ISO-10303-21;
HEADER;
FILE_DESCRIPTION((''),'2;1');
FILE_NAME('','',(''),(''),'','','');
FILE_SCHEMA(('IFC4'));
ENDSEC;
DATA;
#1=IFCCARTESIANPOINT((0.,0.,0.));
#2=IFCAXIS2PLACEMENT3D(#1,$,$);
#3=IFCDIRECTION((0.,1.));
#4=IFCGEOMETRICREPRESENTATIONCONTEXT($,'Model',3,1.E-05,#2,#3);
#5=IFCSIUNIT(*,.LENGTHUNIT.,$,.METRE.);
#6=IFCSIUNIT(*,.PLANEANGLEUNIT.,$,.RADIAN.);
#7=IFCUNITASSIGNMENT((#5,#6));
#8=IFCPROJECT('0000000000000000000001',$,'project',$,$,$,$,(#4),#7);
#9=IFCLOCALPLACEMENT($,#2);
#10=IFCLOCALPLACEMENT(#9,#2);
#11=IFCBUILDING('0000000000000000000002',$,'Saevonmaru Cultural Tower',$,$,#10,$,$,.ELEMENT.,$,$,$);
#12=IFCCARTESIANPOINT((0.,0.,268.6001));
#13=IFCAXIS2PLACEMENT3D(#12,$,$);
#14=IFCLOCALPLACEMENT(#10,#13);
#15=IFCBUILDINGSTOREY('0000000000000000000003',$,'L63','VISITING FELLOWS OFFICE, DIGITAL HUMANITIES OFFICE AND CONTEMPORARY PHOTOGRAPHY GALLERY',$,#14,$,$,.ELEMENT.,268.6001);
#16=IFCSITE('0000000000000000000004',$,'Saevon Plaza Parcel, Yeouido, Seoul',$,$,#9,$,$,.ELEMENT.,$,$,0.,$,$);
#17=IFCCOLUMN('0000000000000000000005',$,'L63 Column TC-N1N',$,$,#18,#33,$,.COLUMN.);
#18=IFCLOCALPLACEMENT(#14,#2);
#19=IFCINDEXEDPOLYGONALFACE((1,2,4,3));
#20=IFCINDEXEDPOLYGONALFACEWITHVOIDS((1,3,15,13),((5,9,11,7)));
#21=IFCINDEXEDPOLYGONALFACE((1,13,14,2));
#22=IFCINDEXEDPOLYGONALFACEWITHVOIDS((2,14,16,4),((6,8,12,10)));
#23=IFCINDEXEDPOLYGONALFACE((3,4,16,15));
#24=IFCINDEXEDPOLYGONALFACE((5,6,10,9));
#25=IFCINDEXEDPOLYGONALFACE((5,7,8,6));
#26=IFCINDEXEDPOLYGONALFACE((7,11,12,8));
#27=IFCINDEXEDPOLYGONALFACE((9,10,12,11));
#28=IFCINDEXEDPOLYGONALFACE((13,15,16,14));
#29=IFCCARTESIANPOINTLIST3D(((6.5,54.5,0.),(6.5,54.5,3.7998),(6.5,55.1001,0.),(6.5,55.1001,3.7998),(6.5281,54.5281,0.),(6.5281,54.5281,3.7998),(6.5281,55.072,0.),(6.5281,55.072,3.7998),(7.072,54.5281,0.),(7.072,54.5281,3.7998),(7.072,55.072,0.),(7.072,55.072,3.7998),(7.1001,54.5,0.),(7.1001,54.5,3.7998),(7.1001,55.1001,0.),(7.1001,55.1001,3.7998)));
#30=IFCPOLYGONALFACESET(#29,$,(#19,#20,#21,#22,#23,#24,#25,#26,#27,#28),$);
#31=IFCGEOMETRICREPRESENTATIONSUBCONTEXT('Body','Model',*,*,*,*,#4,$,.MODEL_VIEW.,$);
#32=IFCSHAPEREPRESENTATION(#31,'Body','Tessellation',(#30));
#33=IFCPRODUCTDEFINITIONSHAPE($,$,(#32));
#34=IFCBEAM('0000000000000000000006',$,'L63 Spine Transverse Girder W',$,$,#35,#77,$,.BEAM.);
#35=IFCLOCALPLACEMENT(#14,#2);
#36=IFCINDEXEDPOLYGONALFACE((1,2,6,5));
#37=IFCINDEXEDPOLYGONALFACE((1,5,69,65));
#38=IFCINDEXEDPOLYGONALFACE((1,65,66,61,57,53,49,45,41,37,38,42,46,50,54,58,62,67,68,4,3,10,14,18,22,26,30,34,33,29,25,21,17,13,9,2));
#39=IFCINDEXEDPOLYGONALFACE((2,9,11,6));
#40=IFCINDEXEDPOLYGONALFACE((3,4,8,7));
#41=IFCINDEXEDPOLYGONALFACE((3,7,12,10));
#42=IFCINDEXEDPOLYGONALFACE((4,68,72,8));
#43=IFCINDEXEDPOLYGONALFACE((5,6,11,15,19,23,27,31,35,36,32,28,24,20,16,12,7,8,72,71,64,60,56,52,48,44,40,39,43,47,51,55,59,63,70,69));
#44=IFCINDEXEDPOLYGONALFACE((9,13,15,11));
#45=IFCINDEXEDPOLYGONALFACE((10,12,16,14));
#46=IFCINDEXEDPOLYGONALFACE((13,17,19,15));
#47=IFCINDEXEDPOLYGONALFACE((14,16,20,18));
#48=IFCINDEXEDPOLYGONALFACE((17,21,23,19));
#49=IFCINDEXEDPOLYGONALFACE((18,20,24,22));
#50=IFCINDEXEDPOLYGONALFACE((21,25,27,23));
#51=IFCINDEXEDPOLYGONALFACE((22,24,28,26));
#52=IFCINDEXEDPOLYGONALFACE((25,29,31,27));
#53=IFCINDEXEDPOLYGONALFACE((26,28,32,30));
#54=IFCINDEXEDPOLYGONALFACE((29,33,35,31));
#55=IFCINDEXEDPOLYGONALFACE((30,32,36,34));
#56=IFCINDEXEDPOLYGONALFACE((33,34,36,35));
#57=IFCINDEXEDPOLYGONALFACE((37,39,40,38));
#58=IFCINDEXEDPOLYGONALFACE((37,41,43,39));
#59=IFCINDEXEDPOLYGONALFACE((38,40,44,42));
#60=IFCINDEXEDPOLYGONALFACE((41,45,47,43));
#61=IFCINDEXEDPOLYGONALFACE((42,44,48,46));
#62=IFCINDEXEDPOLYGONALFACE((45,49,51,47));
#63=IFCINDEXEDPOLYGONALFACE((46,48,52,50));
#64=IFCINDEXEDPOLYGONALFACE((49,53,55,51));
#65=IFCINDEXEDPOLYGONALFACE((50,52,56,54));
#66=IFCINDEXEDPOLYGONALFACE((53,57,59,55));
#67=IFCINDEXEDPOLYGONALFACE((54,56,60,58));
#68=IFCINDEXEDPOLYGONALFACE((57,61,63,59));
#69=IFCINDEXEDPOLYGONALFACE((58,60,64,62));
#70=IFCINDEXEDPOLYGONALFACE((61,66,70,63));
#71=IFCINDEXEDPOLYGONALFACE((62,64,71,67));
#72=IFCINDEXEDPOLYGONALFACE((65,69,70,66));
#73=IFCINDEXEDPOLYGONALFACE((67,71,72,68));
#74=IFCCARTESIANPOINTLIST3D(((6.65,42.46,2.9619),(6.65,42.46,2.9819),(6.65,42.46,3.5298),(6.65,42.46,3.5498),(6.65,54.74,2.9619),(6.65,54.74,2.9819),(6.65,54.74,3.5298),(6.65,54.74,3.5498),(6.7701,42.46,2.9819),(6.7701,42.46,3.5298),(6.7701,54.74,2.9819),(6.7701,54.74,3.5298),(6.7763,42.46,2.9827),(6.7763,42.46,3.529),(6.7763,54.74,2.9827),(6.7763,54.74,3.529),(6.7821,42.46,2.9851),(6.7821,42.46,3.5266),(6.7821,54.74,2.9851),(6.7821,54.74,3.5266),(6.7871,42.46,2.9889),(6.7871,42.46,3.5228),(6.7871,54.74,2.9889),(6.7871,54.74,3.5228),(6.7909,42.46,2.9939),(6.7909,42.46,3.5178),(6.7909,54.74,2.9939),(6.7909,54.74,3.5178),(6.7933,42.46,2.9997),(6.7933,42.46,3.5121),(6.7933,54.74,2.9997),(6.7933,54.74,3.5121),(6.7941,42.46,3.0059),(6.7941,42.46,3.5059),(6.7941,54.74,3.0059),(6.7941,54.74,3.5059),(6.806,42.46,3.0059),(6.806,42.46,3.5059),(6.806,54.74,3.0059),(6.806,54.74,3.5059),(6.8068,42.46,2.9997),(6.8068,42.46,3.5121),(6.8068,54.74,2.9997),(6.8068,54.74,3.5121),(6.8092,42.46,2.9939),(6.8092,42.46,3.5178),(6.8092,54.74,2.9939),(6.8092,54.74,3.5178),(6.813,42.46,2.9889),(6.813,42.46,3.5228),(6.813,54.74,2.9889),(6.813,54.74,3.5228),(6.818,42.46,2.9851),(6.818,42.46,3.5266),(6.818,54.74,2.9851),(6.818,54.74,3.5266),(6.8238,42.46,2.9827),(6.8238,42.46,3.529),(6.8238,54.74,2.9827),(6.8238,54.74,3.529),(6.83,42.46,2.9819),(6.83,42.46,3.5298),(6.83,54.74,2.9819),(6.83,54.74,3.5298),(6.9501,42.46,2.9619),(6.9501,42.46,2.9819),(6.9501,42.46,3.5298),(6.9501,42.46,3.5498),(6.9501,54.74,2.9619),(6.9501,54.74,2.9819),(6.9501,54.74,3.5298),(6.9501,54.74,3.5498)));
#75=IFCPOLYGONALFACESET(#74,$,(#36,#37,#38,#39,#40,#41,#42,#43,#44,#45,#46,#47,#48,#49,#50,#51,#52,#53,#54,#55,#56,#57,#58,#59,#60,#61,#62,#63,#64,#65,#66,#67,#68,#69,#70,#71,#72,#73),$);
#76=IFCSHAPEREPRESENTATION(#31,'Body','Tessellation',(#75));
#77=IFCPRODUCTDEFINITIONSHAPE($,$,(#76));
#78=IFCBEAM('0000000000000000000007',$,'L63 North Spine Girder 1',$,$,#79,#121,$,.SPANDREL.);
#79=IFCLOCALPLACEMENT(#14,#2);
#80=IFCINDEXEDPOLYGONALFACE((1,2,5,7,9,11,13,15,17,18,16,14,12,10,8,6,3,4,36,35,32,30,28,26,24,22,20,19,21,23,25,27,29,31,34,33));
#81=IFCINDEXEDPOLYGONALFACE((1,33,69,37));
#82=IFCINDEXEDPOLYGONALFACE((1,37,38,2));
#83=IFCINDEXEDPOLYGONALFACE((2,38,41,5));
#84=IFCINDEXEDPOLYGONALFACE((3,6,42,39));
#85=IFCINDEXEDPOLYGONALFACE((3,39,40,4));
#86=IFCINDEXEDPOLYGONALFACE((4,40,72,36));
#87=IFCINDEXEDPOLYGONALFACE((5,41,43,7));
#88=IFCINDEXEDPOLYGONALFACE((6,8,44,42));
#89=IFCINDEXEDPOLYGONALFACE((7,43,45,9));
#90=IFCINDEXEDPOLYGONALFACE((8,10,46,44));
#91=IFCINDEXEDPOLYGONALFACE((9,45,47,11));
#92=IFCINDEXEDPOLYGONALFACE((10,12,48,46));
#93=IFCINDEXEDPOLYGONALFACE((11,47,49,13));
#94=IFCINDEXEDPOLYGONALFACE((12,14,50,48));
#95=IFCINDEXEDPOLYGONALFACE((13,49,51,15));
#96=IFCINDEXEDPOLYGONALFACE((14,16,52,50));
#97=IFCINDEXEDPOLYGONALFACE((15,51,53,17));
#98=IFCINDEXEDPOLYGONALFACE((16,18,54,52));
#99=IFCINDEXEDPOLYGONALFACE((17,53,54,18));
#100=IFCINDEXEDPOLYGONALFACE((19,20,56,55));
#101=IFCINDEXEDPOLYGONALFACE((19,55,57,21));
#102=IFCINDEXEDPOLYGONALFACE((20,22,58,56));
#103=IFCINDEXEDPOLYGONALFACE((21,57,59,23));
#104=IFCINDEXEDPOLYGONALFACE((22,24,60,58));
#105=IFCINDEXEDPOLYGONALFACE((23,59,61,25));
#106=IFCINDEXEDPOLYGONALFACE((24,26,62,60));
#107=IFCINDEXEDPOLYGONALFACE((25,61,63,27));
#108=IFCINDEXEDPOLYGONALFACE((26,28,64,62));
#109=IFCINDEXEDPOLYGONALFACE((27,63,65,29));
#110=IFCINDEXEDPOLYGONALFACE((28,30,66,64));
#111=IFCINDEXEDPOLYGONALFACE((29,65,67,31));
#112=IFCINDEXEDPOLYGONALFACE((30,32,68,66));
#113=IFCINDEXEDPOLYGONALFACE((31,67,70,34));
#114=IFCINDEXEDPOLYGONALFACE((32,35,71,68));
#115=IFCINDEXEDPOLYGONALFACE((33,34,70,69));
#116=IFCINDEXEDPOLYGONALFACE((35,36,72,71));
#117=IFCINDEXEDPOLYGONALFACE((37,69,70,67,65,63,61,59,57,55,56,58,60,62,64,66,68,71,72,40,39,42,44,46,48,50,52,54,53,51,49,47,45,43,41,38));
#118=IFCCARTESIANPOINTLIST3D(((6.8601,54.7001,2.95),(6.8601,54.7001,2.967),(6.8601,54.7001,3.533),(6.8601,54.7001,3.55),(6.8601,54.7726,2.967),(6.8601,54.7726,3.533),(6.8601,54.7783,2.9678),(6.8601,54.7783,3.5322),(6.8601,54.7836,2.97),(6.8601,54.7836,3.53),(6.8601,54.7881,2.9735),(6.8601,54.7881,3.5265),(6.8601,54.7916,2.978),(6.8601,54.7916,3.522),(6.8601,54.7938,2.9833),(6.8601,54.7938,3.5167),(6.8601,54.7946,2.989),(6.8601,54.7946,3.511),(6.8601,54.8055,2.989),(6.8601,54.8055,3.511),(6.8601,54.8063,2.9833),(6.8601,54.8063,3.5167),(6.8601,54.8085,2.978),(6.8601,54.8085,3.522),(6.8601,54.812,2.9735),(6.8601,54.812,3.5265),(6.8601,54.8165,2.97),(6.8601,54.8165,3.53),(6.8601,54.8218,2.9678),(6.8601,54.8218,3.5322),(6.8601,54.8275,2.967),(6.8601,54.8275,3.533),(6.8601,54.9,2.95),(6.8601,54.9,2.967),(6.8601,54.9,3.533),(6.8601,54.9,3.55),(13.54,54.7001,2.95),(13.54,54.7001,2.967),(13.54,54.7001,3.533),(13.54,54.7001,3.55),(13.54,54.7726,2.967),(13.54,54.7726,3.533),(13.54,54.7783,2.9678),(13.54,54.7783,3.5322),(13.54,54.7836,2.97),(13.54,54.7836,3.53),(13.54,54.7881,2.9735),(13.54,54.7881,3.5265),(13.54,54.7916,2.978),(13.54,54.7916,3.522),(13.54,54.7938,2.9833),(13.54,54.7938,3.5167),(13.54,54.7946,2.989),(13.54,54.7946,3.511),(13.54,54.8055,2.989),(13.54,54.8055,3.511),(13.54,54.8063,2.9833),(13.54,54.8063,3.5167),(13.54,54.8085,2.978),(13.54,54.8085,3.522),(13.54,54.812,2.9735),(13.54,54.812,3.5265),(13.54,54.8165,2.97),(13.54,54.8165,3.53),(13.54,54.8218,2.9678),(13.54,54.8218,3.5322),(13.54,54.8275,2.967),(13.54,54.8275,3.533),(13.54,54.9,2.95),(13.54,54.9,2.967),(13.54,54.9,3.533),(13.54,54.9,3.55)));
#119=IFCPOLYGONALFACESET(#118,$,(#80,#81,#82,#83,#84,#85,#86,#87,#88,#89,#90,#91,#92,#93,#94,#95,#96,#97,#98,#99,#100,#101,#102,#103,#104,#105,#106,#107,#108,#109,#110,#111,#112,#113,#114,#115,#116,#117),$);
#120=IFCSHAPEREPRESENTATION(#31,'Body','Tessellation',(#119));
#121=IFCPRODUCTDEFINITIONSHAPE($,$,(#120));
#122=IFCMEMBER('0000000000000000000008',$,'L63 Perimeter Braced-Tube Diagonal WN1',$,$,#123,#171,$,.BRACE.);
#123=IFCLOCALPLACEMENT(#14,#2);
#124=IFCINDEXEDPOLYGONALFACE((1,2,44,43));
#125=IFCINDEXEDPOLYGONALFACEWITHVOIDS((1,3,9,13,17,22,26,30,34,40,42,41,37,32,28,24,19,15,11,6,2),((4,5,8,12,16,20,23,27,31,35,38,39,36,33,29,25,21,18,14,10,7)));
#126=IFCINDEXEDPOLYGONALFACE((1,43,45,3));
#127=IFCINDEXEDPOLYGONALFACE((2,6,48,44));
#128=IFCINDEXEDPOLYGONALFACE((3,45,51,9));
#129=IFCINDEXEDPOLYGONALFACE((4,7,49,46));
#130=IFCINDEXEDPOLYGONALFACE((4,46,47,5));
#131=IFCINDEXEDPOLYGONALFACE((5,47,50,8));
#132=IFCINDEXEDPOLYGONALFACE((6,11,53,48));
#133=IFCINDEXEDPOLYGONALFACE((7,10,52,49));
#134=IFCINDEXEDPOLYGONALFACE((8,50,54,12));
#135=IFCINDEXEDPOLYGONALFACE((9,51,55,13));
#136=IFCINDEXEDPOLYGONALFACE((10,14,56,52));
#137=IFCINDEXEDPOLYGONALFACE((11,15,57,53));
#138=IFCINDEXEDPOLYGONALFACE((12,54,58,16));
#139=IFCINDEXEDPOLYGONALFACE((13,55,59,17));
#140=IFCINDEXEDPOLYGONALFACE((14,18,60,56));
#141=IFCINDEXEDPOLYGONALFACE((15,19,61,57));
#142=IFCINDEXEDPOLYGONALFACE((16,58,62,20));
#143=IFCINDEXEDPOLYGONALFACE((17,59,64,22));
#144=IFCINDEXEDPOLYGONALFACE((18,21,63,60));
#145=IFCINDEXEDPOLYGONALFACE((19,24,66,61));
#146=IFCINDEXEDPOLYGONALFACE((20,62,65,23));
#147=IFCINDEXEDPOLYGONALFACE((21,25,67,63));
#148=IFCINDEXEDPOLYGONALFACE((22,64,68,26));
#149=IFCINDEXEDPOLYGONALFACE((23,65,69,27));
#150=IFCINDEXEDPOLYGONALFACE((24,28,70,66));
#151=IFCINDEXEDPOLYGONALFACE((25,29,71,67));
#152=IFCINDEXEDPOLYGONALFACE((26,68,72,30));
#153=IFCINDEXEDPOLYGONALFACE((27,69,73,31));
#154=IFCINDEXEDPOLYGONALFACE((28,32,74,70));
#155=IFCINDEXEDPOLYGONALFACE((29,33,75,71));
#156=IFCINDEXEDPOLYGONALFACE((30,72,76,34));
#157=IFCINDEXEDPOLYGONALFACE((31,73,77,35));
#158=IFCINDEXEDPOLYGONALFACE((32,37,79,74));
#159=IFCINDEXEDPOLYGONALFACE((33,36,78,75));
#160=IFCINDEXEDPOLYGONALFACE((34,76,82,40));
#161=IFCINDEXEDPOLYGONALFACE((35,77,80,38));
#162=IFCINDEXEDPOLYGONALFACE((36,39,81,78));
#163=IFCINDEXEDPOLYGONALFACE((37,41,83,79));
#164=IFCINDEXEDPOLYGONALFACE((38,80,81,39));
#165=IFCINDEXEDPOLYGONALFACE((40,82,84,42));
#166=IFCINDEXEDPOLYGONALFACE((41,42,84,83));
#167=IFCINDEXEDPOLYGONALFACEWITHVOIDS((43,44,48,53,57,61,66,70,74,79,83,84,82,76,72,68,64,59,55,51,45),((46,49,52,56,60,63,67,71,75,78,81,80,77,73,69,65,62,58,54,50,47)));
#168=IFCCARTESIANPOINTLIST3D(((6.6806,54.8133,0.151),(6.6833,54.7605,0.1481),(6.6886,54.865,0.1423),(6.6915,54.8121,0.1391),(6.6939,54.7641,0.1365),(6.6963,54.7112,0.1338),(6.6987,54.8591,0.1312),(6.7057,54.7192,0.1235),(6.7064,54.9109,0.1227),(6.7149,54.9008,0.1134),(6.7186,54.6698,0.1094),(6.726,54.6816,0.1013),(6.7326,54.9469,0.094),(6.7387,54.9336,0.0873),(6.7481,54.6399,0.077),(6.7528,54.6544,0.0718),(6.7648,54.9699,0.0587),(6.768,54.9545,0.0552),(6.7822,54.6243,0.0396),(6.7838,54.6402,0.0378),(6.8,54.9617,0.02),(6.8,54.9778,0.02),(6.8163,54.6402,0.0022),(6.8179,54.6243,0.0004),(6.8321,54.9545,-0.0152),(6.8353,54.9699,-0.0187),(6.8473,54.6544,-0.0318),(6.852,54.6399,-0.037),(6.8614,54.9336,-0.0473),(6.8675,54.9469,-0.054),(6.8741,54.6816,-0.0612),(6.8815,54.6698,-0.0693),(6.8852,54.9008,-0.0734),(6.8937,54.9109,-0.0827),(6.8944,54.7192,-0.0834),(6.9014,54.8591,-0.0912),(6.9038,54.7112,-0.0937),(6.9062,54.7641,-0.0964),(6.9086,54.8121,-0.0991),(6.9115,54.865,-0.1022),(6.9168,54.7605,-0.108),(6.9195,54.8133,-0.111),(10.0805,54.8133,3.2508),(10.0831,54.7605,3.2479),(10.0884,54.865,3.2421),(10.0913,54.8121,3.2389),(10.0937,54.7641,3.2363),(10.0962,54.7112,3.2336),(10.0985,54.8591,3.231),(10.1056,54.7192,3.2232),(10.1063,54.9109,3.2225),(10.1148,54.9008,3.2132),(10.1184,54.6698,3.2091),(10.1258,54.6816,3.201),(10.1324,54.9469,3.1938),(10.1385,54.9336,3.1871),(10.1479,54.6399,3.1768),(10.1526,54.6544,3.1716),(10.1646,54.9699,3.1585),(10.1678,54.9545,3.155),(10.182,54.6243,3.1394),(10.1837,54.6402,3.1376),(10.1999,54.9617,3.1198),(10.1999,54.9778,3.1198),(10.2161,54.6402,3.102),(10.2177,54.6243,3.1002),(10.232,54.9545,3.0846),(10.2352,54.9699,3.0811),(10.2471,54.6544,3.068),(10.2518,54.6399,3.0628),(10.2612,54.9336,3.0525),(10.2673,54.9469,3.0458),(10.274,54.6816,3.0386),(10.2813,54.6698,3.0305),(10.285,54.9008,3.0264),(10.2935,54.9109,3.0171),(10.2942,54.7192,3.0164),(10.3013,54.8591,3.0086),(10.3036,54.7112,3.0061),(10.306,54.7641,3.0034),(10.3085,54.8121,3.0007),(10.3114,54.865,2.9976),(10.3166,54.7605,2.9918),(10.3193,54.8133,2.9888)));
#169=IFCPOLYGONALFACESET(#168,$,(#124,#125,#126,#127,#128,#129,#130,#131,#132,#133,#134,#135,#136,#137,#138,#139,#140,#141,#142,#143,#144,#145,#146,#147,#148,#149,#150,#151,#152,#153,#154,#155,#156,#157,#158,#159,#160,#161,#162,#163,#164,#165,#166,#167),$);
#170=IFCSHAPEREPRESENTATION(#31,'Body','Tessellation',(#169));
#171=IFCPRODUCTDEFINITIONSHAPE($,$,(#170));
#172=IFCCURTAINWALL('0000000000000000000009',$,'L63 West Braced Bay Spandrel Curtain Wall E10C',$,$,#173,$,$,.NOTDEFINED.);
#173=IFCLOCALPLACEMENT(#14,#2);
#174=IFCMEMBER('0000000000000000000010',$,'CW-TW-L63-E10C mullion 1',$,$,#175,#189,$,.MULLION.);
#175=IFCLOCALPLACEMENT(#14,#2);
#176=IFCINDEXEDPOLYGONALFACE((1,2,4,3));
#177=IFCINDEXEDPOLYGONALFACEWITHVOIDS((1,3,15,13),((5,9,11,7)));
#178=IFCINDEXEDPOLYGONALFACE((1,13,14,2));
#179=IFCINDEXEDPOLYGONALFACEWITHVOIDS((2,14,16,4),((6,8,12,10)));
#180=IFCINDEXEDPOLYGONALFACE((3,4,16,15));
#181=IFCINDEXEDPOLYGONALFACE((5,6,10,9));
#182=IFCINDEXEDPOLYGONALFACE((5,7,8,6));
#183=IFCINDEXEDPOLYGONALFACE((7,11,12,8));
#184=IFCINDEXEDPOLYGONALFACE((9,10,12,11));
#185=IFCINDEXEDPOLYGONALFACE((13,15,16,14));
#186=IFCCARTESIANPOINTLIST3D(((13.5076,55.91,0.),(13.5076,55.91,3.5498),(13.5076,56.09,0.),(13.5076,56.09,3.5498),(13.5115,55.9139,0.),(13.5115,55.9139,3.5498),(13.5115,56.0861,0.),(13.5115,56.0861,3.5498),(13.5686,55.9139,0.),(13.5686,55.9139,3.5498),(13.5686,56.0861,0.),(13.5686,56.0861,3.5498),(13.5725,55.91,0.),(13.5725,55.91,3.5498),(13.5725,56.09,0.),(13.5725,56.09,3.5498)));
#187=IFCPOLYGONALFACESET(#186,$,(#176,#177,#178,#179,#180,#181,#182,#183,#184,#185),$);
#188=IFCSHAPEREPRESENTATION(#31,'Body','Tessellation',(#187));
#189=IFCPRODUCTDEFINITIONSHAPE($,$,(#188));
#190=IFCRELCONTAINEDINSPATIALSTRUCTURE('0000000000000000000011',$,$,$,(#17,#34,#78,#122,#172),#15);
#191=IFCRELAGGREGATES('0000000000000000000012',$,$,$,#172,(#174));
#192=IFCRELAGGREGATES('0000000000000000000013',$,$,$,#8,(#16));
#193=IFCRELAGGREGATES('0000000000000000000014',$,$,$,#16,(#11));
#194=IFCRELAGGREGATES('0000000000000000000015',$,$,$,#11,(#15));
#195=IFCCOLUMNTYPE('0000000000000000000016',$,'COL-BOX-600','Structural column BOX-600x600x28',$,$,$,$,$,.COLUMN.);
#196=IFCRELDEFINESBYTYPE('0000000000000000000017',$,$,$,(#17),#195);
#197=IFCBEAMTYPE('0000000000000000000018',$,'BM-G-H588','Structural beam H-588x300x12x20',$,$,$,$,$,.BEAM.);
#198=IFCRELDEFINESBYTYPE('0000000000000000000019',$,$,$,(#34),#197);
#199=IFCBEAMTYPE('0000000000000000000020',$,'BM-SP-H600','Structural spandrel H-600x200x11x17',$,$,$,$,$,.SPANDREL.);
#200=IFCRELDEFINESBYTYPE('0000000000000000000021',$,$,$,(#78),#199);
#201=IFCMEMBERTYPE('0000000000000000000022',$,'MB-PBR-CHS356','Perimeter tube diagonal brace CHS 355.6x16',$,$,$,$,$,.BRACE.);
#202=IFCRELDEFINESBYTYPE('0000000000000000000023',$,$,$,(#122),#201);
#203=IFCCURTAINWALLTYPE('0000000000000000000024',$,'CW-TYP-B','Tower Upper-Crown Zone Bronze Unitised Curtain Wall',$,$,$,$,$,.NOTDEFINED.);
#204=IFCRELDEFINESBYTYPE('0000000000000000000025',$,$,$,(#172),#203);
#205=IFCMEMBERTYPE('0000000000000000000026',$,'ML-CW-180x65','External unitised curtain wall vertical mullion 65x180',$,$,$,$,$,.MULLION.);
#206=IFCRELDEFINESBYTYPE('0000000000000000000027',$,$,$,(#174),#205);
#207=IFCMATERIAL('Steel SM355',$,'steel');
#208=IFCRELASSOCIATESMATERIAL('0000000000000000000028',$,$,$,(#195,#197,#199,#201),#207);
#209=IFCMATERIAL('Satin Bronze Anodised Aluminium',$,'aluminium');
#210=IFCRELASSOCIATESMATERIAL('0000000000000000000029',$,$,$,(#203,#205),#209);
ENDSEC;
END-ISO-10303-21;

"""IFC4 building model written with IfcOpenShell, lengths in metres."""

from ifc_helpers import new_model, si_unit, direction, frame, origin, origin_2d, place, context, subcontext, project, spatial, hollow_rectangle, hollow_circle, i_section, extrude, material, material_profile, profile_set, type_object, element, aggregate, save


model = new_model("IFC4")

# Units and contexts
model_context = context("Model", 3, precision=1e-05, world=origin(), true_north=direction((0.0, 1.0)))
body_context = subcontext(model_context, "Body", "Model", "MODEL_VIEW")
ifc_project = project(units=[si_unit("LENGTHUNIT", "METRE"), si_unit("PLANEANGLEUNIT", "RADIAN")], contexts=[model_context])

# Site, building, storey
site_placement = place(None, origin())
site = spatial("IfcSite", under=ifc_project, at=site_placement, Name="Saevon Plaza Parcel, Yeouido, Seoul", CompositionType="ELEMENT", RefElevation=0.0)
building_placement = place(site_placement, origin())
building = spatial("IfcBuilding", under=site, at=building_placement, Name="Saevonmaru Cultural Tower", CompositionType="ELEMENT")
storey_placement = place(building_placement, frame((0.0, 0.0, 268.6001)))
storey = spatial("IfcBuildingStorey", under=building, at=storey_placement, Name="L63", Description="VISITING FELLOWS OFFICE, DIGITAL HUMANITIES OFFICE AND CONTEMPORARY PHOTOGRAPHY GALLERY", CompositionType="ELEMENT", Elevation=268.6001)

# Column
ifc_material_1 = material(Name="Steel SM355", Category="steel")
ifc_material_profile_1 = material_profile(ifc_material_1, hollow_rectangle(XDim=0.6001, YDim=0.6001, WallThickness=0.0281, at=origin_2d()), Name="BOX-600x600x28")
ifc_profile_set_1 = profile_set([ifc_material_profile_1], Name="Steel SM355")
column_type = type_object("IfcColumnType", Name="COL-BOX-600", Description="Structural column BOX-600x600x28", PredefinedType="COLUMN", material=ifc_profile_set_1)
column_placement = place(storey_placement, frame((6.8, 54.8, 0.0), z_axis=(0.0, 0.0, 1.0), x_axis=(1.0, 0.0, 0.0)))
element("IfcColumn", 1, at=column_placement, inside=storey, type_object=column_type, Name="L63 Column TC-N1N", PredefinedType="COLUMN", context=body_context, shape_type="SweptSolid", body=[
    extrude(hollow_rectangle(XDim=0.6001, YDim=0.6001, WallThickness=0.0281, at=origin_2d()), origin(), (0.0, 0.0, 1.0), 3.7998),
])

# Beams
ifc_material_profile_2 = material_profile(ifc_material_1, i_section(OverallWidth=0.3, OverallDepth=0.5879, WebThickness=0.012, FlangeThickness=0.02, FilletRadius=0.0239, at=origin_2d()), Name="H-588x300x12x20")
ifc_profile_set_2 = profile_set([ifc_material_profile_2], Name="Steel SM355")
beam_type_1 = type_object("IfcBeamType", Name="BM-G-H588", Description="Structural beam H-588x300x12x20", PredefinedType="BEAM", material=ifc_profile_set_2)
beam_1_placement = place(storey_placement, frame((6.8, 54.74, 3.2559), z_axis=(0.0, -1.0, 0.0), x_axis=(1.0, 0.0, 0.0)))
element("IfcBeam", 2, at=beam_1_placement, inside=storey, type_object=beam_type_1, Name="L63 Spine Transverse Girder W", PredefinedType="BEAM", context=body_context, shape_type="SweptSolid", body=[
    extrude(i_section(OverallWidth=0.3, OverallDepth=0.5879, WebThickness=0.012, FlangeThickness=0.02, FilletRadius=0.0239, at=origin_2d()), origin(), (0.0, 0.0, 1.0), 12.28),
])
ifc_material_profile_3 = material_profile(ifc_material_1, i_section(OverallWidth=0.2, OverallDepth=0.6001, WebThickness=0.011, FlangeThickness=0.0171, FilletRadius=0.022, at=origin_2d()), Name="H-600x200x11x17")
ifc_profile_set_3 = profile_set([ifc_material_profile_3], Name="Steel SM355")
beam_type_2 = type_object("IfcBeamType", Name="BM-SP-H600", Description="Structural spandrel H-600x200x11x17", PredefinedType="SPANDREL", material=ifc_profile_set_3)
beam_2_placement = place(storey_placement, frame((6.8601, 54.8, 3.25), z_axis=(1.0, 0.0, 0.0), x_axis=(0.0, 1.0, 0.0)))
element("IfcBeam", 3, at=beam_2_placement, inside=storey, type_object=beam_type_2, Name="L63 North Spine Girder 1", PredefinedType="SPANDREL", context=body_context, shape_type="SweptSolid", body=[
    extrude(i_section(OverallWidth=0.2, OverallDepth=0.6001, WebThickness=0.011, FlangeThickness=0.0171, FilletRadius=0.022, at=origin_2d()), origin(), (0.0, 0.0, 1.0), 6.6799),
])

# Member
ifc_material_profile_4 = material_profile(ifc_material_1, hollow_circle(Radius=0.1777, WallThickness=0.0161, at=origin_2d()), Name="CHS-355.6x16")
ifc_profile_set_4 = profile_set([ifc_material_profile_4], Name="Steel SM355")
member_type_1 = type_object("IfcMemberType", Name="MB-PBR-CHS356", Description="Perimeter tube diagonal brace CHS 355.6x16", PredefinedType="BRACE", material=ifc_profile_set_4)
member_1_placement = place(storey_placement, frame((6.8, 54.8, 0.02), z_axis=(0.738962, 0.0, 0.673747), x_axis=(0.0, 1.0, 0.0)))
element("IfcMember", 4, at=member_1_placement, inside=storey, type_object=member_type_1, Name="L63 Perimeter Braced-Tube Diagonal WN1", PredefinedType="BRACE", context=body_context, shape_type="SweptSolid", body=[
    extrude(hollow_circle(Radius=0.1777, WallThickness=0.0161, at=origin_2d()), origin(), (0.0, 0.0, 1.0), 4.6008),
])

# Curtain wall, member
ifc_material_2 = material(Name="Satin Bronze Anodised Aluminium", Category="aluminium")
curtain_wall_type = type_object("IfcCurtainWallType", Name="CW-TYP-B", Description="Tower Upper-Crown Zone Bronze Unitised Curtain Wall", PredefinedType="NOTDEFINED", material=ifc_material_2)
curtain_wall_1_placement = place(storey_placement, origin())
curtain_wall_1 = element("IfcCurtainWall", 5, at=curtain_wall_1_placement, inside=storey, type_object=curtain_wall_type, Name="L63 West Braced Bay Spandrel Curtain Wall E10C", PredefinedType="NOTDEFINED")
ifc_material_profile_5 = material_profile(ifc_material_2, hollow_rectangle(XDim=0.0649, YDim=0.1799, WallThickness=0.0039, at=origin_2d()), Name="ALU-MULL-180x65x4")
ifc_profile_set_5 = profile_set([ifc_material_profile_5], Name="Satin Bronze Anodised Aluminium")
member_type_2 = type_object("IfcMemberType", Name="ML-CW-180x65", Description="External unitised curtain wall vertical mullion 65x180", PredefinedType="MULLION", material=ifc_profile_set_5)
member_2_placement = place(storey_placement, frame((13.54, 56.0, 0.0), z_axis=(0.0, 0.0, 1.0), x_axis=(-1.0, 0.0, 0.0)))
member_2 = element("IfcMember", 6, at=member_2_placement, type_object=member_type_2, Name="CW-TW-L63-E10C mullion 1", PredefinedType="MULLION", context=body_context, shape_type="SweptSolid", body=[
    extrude(hollow_rectangle(XDim=0.0649, YDim=0.1799, WallThickness=0.0039, at=origin_2d()), origin(), (0.0, 0.0, 1.0), 3.5498),
])

aggregate(curtain_wall_1, [member_2])

save(model, "model.ifc")
